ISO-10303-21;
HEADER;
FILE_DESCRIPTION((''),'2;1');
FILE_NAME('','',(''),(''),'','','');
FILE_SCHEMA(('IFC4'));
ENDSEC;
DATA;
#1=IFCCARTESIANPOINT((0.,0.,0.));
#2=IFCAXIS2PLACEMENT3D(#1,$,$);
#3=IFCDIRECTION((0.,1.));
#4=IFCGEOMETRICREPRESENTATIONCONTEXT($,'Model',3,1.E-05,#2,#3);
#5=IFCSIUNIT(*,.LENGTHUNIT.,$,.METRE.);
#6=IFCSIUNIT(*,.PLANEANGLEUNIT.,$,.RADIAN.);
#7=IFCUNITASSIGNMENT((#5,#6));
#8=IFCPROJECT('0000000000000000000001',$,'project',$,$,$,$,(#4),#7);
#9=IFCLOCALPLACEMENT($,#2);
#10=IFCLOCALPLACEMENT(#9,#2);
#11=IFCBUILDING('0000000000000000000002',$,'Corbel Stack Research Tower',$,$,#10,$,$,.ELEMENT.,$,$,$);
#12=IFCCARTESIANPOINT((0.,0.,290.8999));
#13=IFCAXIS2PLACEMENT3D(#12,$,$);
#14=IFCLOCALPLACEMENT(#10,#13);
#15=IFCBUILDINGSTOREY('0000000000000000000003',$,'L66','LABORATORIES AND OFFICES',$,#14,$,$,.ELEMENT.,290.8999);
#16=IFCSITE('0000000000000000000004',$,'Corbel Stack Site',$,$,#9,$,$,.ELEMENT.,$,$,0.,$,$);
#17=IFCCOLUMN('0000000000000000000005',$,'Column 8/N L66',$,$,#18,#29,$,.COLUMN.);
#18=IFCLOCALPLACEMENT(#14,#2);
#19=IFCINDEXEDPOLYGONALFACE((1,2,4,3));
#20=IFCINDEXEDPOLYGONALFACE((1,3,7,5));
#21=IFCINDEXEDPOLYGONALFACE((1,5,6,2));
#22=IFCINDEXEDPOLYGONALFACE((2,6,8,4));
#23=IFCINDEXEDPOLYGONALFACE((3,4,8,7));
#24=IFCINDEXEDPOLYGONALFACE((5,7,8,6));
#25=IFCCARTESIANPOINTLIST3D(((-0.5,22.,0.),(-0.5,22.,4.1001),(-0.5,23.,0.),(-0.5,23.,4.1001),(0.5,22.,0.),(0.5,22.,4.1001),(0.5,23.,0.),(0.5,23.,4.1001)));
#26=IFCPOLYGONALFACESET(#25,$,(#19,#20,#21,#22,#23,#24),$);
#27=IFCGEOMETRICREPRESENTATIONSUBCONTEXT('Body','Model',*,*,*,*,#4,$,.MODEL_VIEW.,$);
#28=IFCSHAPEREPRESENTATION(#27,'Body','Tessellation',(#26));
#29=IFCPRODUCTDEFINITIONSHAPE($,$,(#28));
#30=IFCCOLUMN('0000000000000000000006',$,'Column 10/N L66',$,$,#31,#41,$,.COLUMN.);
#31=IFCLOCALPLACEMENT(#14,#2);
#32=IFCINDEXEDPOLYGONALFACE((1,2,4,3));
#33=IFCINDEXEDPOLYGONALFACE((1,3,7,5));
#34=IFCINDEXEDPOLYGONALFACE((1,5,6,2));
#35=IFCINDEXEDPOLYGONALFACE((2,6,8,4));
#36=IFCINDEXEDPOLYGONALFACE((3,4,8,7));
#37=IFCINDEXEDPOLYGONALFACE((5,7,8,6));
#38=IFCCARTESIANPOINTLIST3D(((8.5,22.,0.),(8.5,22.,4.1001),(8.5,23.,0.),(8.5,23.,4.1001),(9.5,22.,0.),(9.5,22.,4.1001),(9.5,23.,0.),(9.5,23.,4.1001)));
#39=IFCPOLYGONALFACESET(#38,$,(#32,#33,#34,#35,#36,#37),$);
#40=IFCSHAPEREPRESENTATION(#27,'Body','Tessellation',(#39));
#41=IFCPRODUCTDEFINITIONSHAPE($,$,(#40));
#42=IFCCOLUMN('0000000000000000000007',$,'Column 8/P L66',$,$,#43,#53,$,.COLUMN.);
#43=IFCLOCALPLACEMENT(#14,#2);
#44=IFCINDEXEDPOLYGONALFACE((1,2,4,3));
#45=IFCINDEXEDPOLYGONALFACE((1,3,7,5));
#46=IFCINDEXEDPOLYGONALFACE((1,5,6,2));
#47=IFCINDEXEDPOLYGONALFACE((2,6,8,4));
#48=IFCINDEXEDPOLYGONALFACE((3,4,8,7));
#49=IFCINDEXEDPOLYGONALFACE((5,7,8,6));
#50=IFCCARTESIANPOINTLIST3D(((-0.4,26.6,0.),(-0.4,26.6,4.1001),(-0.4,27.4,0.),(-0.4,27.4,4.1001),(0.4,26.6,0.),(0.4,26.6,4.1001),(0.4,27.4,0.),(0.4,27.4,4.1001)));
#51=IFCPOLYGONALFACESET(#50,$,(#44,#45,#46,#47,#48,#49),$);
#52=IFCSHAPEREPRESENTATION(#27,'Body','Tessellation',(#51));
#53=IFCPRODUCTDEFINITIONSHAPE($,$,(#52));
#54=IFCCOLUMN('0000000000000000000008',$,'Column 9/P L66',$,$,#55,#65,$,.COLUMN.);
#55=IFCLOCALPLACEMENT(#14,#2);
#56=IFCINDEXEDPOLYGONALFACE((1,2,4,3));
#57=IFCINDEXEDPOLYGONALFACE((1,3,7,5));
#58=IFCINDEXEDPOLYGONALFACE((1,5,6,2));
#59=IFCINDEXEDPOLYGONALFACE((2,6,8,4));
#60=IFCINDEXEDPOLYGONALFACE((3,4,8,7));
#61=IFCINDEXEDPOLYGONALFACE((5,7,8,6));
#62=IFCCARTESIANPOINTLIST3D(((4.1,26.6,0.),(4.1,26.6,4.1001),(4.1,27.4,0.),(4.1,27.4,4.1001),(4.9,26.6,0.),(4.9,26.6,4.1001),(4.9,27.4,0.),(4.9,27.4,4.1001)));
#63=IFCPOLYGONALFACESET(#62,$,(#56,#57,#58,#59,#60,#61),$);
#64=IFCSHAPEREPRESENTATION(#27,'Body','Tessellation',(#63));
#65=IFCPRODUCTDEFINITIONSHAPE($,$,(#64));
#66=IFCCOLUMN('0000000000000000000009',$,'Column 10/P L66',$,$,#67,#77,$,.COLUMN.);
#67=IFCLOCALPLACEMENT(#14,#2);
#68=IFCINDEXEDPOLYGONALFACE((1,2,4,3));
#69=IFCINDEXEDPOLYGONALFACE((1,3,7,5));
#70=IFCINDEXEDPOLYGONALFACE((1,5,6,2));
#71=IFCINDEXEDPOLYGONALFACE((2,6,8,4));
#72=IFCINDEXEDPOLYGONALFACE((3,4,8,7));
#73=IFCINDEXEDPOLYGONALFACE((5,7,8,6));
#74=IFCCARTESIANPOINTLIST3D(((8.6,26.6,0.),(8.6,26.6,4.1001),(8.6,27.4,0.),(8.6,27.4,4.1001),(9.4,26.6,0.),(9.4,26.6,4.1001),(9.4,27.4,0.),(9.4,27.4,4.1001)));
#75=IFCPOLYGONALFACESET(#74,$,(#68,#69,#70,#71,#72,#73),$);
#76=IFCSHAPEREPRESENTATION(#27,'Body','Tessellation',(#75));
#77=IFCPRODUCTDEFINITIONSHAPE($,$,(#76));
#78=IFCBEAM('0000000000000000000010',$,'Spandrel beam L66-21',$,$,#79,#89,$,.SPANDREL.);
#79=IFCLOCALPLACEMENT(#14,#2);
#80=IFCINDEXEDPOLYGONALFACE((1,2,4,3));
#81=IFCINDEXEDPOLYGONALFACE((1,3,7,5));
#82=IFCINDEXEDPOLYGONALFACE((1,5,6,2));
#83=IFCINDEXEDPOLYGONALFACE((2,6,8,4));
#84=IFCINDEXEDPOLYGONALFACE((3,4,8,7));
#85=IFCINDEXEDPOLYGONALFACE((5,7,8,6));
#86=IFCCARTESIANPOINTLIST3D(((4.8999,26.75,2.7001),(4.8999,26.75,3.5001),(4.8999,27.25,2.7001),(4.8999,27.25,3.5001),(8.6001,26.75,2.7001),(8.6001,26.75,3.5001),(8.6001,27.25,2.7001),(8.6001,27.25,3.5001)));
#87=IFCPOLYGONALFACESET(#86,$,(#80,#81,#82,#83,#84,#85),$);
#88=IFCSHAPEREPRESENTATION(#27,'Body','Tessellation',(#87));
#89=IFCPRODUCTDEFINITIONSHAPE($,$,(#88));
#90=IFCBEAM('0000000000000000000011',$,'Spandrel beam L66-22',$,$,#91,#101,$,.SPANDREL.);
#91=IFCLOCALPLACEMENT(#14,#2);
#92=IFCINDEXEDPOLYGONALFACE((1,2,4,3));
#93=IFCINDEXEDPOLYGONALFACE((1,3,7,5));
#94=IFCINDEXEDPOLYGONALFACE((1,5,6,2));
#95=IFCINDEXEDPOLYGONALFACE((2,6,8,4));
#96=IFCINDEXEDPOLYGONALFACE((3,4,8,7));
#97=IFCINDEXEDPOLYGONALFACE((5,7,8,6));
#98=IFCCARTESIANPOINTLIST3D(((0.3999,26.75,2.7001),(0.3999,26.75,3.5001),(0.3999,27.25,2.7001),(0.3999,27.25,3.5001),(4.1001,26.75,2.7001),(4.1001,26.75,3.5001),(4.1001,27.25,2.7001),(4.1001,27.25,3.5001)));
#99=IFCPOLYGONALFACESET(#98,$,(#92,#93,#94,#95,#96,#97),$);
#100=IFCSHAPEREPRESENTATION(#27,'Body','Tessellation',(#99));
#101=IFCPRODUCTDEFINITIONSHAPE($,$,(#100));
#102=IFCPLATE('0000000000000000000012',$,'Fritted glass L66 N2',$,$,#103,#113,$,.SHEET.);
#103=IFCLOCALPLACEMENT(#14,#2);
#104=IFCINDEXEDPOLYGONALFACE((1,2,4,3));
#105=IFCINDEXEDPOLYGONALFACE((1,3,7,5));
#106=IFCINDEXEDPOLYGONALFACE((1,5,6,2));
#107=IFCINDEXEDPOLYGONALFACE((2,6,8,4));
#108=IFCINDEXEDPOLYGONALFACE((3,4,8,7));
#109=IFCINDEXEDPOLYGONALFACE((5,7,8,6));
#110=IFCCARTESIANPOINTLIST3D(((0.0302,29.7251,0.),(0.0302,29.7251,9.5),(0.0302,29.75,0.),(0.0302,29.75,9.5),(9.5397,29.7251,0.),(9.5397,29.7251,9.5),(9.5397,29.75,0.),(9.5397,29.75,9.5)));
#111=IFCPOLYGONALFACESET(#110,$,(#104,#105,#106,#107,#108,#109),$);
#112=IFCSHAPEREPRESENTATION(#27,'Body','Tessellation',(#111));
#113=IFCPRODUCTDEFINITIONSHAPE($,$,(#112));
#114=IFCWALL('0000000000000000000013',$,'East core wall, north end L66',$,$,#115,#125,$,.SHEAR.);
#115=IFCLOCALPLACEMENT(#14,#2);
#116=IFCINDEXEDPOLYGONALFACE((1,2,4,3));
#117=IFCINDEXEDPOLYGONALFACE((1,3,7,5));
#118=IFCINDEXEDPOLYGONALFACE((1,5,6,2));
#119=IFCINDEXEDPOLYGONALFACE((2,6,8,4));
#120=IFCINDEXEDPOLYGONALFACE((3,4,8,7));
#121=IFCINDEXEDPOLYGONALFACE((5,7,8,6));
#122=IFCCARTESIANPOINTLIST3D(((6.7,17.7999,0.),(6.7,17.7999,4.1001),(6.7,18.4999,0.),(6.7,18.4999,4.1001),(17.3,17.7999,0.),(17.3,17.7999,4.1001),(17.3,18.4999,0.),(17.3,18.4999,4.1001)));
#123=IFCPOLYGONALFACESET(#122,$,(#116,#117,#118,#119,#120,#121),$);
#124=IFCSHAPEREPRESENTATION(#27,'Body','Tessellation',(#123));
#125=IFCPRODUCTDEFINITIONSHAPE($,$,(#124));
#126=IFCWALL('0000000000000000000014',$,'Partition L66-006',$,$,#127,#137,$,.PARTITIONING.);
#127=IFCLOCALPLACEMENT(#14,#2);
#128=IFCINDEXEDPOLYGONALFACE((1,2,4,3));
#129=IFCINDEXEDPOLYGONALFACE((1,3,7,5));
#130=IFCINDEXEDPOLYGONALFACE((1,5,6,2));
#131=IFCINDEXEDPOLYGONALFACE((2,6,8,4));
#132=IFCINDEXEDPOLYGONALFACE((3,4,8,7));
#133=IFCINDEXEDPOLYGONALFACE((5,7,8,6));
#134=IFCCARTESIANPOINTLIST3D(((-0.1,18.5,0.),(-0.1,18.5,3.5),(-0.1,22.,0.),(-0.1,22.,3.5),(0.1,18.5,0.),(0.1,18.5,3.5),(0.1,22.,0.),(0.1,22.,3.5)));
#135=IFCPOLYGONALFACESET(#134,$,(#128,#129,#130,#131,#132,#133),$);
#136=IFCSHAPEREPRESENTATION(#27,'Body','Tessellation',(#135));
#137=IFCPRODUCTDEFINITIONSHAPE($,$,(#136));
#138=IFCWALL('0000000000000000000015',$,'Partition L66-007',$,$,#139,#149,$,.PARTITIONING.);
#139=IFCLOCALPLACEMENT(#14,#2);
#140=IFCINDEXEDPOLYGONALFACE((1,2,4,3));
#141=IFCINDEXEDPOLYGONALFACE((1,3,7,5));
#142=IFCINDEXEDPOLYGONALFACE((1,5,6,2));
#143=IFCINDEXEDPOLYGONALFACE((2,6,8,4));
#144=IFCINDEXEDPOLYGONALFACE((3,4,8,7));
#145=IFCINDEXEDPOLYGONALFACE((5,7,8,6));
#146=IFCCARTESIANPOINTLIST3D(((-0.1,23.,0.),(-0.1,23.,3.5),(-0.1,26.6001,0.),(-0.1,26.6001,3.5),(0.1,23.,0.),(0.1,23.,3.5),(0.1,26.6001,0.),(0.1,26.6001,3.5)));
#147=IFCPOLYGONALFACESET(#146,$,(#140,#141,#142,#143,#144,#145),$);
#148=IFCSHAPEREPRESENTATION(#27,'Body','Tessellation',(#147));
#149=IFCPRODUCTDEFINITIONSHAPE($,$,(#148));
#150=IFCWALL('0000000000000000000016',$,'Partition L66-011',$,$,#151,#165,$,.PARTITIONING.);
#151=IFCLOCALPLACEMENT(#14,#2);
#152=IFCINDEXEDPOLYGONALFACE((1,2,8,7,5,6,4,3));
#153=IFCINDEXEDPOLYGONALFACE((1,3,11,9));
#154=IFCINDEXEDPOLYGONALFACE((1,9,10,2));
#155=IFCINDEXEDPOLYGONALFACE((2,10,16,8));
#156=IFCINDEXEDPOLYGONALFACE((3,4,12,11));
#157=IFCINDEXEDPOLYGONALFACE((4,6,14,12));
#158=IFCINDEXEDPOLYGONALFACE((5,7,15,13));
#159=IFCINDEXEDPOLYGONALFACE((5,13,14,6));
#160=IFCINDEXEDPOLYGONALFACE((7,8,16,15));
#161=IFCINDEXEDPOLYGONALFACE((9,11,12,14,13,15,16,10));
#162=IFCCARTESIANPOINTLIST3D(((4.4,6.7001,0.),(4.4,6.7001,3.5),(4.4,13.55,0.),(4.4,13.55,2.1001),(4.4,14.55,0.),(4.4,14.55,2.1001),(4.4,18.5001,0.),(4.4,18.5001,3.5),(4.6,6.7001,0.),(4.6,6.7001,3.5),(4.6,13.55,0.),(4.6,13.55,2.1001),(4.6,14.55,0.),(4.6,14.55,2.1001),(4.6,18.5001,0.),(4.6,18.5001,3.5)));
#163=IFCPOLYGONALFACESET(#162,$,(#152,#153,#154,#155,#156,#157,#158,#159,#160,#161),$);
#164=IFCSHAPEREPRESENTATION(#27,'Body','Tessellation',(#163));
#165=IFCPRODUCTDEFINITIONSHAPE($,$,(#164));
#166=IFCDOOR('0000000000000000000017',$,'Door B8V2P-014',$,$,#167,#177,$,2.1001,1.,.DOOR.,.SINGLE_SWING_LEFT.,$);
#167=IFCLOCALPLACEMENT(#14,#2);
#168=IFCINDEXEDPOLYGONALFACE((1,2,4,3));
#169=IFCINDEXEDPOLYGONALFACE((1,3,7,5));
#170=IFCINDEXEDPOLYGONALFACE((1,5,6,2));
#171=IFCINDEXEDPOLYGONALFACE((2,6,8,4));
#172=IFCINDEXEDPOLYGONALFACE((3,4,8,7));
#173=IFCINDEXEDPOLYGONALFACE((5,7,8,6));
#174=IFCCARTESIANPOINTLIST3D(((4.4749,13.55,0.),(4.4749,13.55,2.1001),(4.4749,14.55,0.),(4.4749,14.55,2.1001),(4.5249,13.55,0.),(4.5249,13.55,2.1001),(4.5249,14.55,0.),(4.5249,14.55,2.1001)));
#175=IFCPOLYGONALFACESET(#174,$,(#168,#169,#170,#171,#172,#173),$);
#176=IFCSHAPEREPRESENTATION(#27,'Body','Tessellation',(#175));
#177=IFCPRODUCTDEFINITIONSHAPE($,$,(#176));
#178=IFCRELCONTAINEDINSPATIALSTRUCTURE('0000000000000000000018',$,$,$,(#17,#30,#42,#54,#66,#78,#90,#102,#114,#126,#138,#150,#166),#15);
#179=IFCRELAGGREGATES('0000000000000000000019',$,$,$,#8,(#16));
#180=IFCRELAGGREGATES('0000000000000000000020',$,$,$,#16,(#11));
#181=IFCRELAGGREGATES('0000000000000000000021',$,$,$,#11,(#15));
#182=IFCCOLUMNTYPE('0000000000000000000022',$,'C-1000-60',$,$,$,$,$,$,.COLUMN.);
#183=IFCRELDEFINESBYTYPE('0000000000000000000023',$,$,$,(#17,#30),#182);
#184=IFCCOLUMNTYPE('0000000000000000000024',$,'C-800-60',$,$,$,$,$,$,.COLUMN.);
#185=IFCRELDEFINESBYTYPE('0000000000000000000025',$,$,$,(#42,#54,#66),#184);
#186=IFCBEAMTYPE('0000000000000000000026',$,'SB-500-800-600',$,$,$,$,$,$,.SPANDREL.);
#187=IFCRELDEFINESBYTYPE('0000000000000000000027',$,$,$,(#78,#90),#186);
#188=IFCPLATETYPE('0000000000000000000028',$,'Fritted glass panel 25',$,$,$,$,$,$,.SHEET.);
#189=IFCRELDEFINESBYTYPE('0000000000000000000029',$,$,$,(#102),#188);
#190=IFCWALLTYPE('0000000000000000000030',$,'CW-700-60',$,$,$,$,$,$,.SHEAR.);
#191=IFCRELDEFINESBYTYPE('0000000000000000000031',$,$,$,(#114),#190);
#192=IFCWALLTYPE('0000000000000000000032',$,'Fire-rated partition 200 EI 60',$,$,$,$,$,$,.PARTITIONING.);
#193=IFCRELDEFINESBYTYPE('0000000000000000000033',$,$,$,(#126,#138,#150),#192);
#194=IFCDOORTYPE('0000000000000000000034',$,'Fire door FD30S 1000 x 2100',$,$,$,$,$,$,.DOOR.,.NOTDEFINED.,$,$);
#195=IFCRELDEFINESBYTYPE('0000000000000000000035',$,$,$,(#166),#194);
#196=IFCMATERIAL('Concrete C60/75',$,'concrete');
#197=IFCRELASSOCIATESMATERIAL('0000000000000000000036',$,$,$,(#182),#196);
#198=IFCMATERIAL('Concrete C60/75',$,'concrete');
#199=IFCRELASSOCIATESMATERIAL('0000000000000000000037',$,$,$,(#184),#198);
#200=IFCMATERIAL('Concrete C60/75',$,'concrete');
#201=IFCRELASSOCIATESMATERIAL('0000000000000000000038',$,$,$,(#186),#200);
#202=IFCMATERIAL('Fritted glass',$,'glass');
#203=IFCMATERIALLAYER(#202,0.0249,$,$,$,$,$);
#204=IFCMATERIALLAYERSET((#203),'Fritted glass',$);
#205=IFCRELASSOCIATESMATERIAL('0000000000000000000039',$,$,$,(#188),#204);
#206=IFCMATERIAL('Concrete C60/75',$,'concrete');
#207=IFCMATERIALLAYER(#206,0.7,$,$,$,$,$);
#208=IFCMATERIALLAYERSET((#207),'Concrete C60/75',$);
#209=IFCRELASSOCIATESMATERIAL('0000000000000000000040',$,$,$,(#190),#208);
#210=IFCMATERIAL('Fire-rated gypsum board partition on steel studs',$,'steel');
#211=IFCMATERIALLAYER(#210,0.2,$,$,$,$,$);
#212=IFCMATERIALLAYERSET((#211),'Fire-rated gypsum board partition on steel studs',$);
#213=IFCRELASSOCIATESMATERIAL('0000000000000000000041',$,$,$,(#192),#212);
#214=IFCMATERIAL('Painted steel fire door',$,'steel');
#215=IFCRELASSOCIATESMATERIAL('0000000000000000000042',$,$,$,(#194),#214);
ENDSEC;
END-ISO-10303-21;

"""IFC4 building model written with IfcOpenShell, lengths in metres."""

from ifc_helpers import new_model, si_unit, direction, frame, frame_2d, origin, origin_2d, place, context, subcontext, project, spatial, rectangle, extrude, material, layer, layer_set, material_profile, profile_set, type_object, element, fill, save


model = new_model("IFC4")

# Units and contexts
model_context = context("Model", 3, precision=1e-05, world=origin(), true_north=direction((0.0, 1.0)))
body_context = subcontext(model_context, "Body", "Model", "MODEL_VIEW")
ifc_project = project(units=[si_unit("LENGTHUNIT", "METRE"), si_unit("PLANEANGLEUNIT", "RADIAN")], contexts=[model_context])

# Site, building, storey
site_placement = place(None, origin())
site = spatial("IfcSite", under=ifc_project, at=site_placement, Name="Corbel Stack Site", CompositionType="ELEMENT", RefElevation=0.0)
building_placement = place(site_placement, origin())
building = spatial("IfcBuilding", under=site, at=building_placement, Name="Corbel Stack Research Tower", CompositionType="ELEMENT")
storey_placement = place(building_placement, frame((0.0, 0.0, 290.8999)))
storey = spatial("IfcBuildingStorey", under=building, at=storey_placement, Name="L66", Description="LABORATORIES AND OFFICES", CompositionType="ELEMENT", Elevation=290.8999)

# Columns
ifc_material_1 = material(Name="Concrete C60/75", Category="concrete")
ifc_material_profile_1 = material_profile(ifc_material_1, rectangle(XDim=1.0, YDim=1.0, at=origin_2d()), Name="RC 1000 x 1000")
ifc_profile_set_1 = profile_set([ifc_material_profile_1], Name="Concrete C60/75")
column_type_1 = type_object("IfcColumnType", Name="C-1000-60", PredefinedType="COLUMN", material=ifc_profile_set_1)
for number, where, z_axis, x_axis, name in (
    (1, (0.0, 22.5, 0.0), (0.0, 0.0, 1.0), (1.0, 0.0, 0.0), "Column 8/N L66"),
    (2, (9.0, 22.5, 0.0), (0.0, 0.0, 1.0), (1.0, 0.0, 0.0), "Column 10/N L66"),
):
    element("IfcColumn", number, at=place(storey_placement, frame(where, z_axis=z_axis, x_axis=x_axis)), inside=storey, type_object=column_type_1, Name=name, PredefinedType="COLUMN", context=body_context, shape_type="SweptSolid", body=[
        extrude(rectangle(XDim=1.0, YDim=1.0, at=origin_2d()), origin(), (0.0, 0.0, 1.0), 4.1001),
    ])
ifc_material_2 = material(Name="Concrete C60/75", Category="concrete")
ifc_material_profile_2 = material_profile(ifc_material_2, rectangle(XDim=0.8, YDim=0.8, at=origin_2d()), Name="RC 800 x 800")
ifc_profile_set_2 = profile_set([ifc_material_profile_2], Name="Concrete C60/75")
column_type_2 = type_object("IfcColumnType", Name="C-800-60", PredefinedType="COLUMN", material=ifc_profile_set_2)
for number, where, z_axis, x_axis, name in (
    (3, (0.0, 27.0, 0.0), (0.0, 0.0, 1.0), (1.0, 0.0, 0.0), "Column 8/P L66"),
    (4, (4.5, 27.0, 0.0), (0.0, 0.0, 1.0), (1.0, 0.0, 0.0), "Column 9/P L66"),
    (5, (9.0, 27.0, 0.0), (0.0, 0.0, 1.0), (1.0, 0.0, 0.0), "Column 10/P L66"),
):
    element("IfcColumn", number, at=place(storey_placement, frame(where, z_axis=z_axis, x_axis=x_axis)), inside=storey, type_object=column_type_2, Name=name, PredefinedType="COLUMN", context=body_context, shape_type="SweptSolid", body=[
        extrude(rectangle(XDim=0.8, YDim=0.8, at=origin_2d()), origin(), (0.0, 0.0, 1.0), 4.1001),
    ])

# Beams
ifc_material_3 = material(Name="Concrete C60/75", Category="concrete")
ifc_material_profile_3 = material_profile(ifc_material_3, rectangle(XDim=0.5, YDim=0.8, at=origin_2d()), Name="RC 500 x 800")
ifc_profile_set_3 = profile_set([ifc_material_profile_3], Name="Concrete C60/75")
beam_type = type_object("IfcBeamType", Name="SB-500-800-600", PredefinedType="SPANDREL", material=ifc_profile_set_3)
for number, where, z_axis, x_axis, name in (
    (6, (8.6001, 27.0, 3.1001), (-1.0, 0.0, 0.0), (0.0, -1.0, 0.0), "Spandrel beam L66-21"),
    (7, (4.1001, 27.0, 3.1001), (-1.0, 0.0, 0.0), (0.0, -1.0, 0.0), "Spandrel beam L66-22"),
):
    element("IfcBeam", number, at=place(storey_placement, frame(where, z_axis=z_axis, x_axis=x_axis)), inside=storey, type_object=beam_type, Name=name, PredefinedType="SPANDREL", context=body_context, shape_type="SweptSolid", body=[
        extrude(rectangle(XDim=0.5, YDim=0.8, at=origin_2d()), origin(), (0.0, 0.0, 1.0), 3.7002),
    ])

# Plate
ifc_material_4 = material(Name="Fritted glass", Category="glass")
ifc_layer_1 = layer(ifc_material_4, 0.0249)
ifc_layer_set_1 = layer_set([ifc_layer_1], Name="Fritted glass")
plate_type = type_object("IfcPlateType", Name="Fritted glass panel 25", PredefinedType="SHEET", material=ifc_layer_set_1)
plate_placement = place(storey_placement, frame((4.7849, 29.7375, 0.0), z_axis=(0.0, 0.0, 1.0), x_axis=(-1.0, 0.0, 0.0)))
element("IfcPlate", 8, at=plate_placement, inside=storey, type_object=plate_type, Name="Fritted glass L66 N2", PredefinedType="SHEET", context=body_context, shape_type="SweptSolid", body=[
    extrude(rectangle(XDim=9.5095, YDim=0.0249, at=origin_2d()), origin(), (0.0, 0.0, 1.0), 9.5),
])

# Walls
ifc_material_5 = material(Name="Concrete C60/75", Category="concrete")
ifc_layer_2 = layer(ifc_material_5, 0.7)
ifc_layer_set_2 = layer_set([ifc_layer_2], Name="Concrete C60/75")
wall_type_1 = type_object("IfcWallType", Name="CW-700-60", PredefinedType="SHEAR", material=ifc_layer_set_2)
wall_1_placement = place(storey_placement, frame((6.7, 18.1499, 0.0), z_axis=(0.0, 0.0, 1.0), x_axis=(1.0, 0.0, 0.0)))
element("IfcWall", 9, at=wall_1_placement, inside=storey, type_object=wall_type_1, Name="East core wall, north end L66", PredefinedType="SHEAR", context=body_context, shape_type="SweptSolid", body=[
    extrude(rectangle(XDim=10.6001, YDim=0.7, at=frame_2d((5.3, 0.0))), origin(), (0.0, 0.0, 1.0), 4.1001),
])
ifc_material_6 = material(Name="Fire-rated gypsum board partition on steel studs", Category="steel")
ifc_layer_3 = layer(ifc_material_6, 0.2)
ifc_layer_set_3 = layer_set([ifc_layer_3], Name="Fire-rated gypsum board partition on steel studs")
wall_type_2 = type_object("IfcWallType", Name="Fire-rated partition 200 EI 60", PredefinedType="PARTITIONING", material=ifc_layer_set_3)
wall_2_placement = place(storey_placement, frame((0.0, 18.5, 0.0), z_axis=(0.0, 0.0, 1.0), x_axis=(0.0, 1.0, 0.0)))
element("IfcWall", 10, at=wall_2_placement, inside=storey, type_object=wall_type_2, Name="Partition L66-006", PredefinedType="PARTITIONING", context=body_context, shape_type="SweptSolid", body=[
    extrude(rectangle(XDim=3.5, YDim=0.2, at=frame_2d((1.75, 0.0))), origin(), (0.0, 0.0, 1.0), 3.5),
])
wall_3_placement = place(storey_placement, frame((0.0, 23.0, 0.0), z_axis=(0.0, 0.0, 1.0), x_axis=(0.0, 1.0, 0.0)))
element("IfcWall", 11, at=wall_3_placement, inside=storey, type_object=wall_type_2, Name="Partition L66-007", PredefinedType="PARTITIONING", context=body_context, shape_type="SweptSolid", body=[
    extrude(rectangle(XDim=3.6001, YDim=0.2, at=frame_2d((1.8, 0.0))), origin(), (0.0, 0.0, 1.0), 3.5),
])

# Wall, opening, door
wall_4_placement = place(storey_placement, frame((4.5, 18.5, 0.0), z_axis=(0.0, 0.0, 1.0), x_axis=(0.0, -1.0, 0.0)))
wall_4 = element("IfcWall", 12, at=wall_4_placement, inside=storey, type_object=wall_type_2, Name="Partition L66-011", PredefinedType="PARTITIONING", context=body_context, shape_type="SweptSolid", body=[
    extrude(rectangle(XDim=11.8, YDim=0.2, at=frame_2d((5.8999, 0.0))), origin(), (0.0, 0.0, 1.0), 3.5),
])
opening_1_placement = place(wall_4_placement, frame((3.95, 0.0, 0.0)))
opening_1 = element("IfcOpeningElement", 13, at=opening_1_placement, cuts=wall_4, PredefinedType="OPENING", context=body_context, shape_type="SweptSolid", body=[
    extrude(rectangle(XDim=1.0, YDim=2.1001, at=frame_2d((0.5, 1.05))), frame((0.0, 0.1099, 0.0), z_axis=(0.0, -1.0, 0.0), x_axis=(1.0, 0.0, 0.0)), (0.0, 0.0, 1.0), 0.22),
])
ifc_material_7 = material(Name="Painted steel fire door", Category="steel")
door_type_1 = type_object("IfcDoorType", Name="Fire door FD30S 1000 x 2100", OperationType="NOTDEFINED", PredefinedType="DOOR", material=ifc_material_7)
door_1_placement = place(opening_1_placement, origin())
door_1 = element("IfcDoor", 14, at=door_1_placement, inside=storey, type_object=door_type_1, Name="Door B8V2P-014", OperationType="SINGLE_SWING_LEFT", OverallHeight=2.1001, OverallWidth=1.0, PredefinedType="DOOR", context=body_context, shape_type="SweptSolid", body=[
    extrude(rectangle(XDim=1.0, YDim=2.1001, at=frame_2d((0.5, 1.05))), frame((0.0, 0.0249, 0.0), z_axis=(0.0, -1.0, 0.0), x_axis=(1.0, 0.0, 0.0)), (0.0, 0.0, 1.0), 0.05),
])
fill(opening_1, door_1)

save(model, "model.ifc")
